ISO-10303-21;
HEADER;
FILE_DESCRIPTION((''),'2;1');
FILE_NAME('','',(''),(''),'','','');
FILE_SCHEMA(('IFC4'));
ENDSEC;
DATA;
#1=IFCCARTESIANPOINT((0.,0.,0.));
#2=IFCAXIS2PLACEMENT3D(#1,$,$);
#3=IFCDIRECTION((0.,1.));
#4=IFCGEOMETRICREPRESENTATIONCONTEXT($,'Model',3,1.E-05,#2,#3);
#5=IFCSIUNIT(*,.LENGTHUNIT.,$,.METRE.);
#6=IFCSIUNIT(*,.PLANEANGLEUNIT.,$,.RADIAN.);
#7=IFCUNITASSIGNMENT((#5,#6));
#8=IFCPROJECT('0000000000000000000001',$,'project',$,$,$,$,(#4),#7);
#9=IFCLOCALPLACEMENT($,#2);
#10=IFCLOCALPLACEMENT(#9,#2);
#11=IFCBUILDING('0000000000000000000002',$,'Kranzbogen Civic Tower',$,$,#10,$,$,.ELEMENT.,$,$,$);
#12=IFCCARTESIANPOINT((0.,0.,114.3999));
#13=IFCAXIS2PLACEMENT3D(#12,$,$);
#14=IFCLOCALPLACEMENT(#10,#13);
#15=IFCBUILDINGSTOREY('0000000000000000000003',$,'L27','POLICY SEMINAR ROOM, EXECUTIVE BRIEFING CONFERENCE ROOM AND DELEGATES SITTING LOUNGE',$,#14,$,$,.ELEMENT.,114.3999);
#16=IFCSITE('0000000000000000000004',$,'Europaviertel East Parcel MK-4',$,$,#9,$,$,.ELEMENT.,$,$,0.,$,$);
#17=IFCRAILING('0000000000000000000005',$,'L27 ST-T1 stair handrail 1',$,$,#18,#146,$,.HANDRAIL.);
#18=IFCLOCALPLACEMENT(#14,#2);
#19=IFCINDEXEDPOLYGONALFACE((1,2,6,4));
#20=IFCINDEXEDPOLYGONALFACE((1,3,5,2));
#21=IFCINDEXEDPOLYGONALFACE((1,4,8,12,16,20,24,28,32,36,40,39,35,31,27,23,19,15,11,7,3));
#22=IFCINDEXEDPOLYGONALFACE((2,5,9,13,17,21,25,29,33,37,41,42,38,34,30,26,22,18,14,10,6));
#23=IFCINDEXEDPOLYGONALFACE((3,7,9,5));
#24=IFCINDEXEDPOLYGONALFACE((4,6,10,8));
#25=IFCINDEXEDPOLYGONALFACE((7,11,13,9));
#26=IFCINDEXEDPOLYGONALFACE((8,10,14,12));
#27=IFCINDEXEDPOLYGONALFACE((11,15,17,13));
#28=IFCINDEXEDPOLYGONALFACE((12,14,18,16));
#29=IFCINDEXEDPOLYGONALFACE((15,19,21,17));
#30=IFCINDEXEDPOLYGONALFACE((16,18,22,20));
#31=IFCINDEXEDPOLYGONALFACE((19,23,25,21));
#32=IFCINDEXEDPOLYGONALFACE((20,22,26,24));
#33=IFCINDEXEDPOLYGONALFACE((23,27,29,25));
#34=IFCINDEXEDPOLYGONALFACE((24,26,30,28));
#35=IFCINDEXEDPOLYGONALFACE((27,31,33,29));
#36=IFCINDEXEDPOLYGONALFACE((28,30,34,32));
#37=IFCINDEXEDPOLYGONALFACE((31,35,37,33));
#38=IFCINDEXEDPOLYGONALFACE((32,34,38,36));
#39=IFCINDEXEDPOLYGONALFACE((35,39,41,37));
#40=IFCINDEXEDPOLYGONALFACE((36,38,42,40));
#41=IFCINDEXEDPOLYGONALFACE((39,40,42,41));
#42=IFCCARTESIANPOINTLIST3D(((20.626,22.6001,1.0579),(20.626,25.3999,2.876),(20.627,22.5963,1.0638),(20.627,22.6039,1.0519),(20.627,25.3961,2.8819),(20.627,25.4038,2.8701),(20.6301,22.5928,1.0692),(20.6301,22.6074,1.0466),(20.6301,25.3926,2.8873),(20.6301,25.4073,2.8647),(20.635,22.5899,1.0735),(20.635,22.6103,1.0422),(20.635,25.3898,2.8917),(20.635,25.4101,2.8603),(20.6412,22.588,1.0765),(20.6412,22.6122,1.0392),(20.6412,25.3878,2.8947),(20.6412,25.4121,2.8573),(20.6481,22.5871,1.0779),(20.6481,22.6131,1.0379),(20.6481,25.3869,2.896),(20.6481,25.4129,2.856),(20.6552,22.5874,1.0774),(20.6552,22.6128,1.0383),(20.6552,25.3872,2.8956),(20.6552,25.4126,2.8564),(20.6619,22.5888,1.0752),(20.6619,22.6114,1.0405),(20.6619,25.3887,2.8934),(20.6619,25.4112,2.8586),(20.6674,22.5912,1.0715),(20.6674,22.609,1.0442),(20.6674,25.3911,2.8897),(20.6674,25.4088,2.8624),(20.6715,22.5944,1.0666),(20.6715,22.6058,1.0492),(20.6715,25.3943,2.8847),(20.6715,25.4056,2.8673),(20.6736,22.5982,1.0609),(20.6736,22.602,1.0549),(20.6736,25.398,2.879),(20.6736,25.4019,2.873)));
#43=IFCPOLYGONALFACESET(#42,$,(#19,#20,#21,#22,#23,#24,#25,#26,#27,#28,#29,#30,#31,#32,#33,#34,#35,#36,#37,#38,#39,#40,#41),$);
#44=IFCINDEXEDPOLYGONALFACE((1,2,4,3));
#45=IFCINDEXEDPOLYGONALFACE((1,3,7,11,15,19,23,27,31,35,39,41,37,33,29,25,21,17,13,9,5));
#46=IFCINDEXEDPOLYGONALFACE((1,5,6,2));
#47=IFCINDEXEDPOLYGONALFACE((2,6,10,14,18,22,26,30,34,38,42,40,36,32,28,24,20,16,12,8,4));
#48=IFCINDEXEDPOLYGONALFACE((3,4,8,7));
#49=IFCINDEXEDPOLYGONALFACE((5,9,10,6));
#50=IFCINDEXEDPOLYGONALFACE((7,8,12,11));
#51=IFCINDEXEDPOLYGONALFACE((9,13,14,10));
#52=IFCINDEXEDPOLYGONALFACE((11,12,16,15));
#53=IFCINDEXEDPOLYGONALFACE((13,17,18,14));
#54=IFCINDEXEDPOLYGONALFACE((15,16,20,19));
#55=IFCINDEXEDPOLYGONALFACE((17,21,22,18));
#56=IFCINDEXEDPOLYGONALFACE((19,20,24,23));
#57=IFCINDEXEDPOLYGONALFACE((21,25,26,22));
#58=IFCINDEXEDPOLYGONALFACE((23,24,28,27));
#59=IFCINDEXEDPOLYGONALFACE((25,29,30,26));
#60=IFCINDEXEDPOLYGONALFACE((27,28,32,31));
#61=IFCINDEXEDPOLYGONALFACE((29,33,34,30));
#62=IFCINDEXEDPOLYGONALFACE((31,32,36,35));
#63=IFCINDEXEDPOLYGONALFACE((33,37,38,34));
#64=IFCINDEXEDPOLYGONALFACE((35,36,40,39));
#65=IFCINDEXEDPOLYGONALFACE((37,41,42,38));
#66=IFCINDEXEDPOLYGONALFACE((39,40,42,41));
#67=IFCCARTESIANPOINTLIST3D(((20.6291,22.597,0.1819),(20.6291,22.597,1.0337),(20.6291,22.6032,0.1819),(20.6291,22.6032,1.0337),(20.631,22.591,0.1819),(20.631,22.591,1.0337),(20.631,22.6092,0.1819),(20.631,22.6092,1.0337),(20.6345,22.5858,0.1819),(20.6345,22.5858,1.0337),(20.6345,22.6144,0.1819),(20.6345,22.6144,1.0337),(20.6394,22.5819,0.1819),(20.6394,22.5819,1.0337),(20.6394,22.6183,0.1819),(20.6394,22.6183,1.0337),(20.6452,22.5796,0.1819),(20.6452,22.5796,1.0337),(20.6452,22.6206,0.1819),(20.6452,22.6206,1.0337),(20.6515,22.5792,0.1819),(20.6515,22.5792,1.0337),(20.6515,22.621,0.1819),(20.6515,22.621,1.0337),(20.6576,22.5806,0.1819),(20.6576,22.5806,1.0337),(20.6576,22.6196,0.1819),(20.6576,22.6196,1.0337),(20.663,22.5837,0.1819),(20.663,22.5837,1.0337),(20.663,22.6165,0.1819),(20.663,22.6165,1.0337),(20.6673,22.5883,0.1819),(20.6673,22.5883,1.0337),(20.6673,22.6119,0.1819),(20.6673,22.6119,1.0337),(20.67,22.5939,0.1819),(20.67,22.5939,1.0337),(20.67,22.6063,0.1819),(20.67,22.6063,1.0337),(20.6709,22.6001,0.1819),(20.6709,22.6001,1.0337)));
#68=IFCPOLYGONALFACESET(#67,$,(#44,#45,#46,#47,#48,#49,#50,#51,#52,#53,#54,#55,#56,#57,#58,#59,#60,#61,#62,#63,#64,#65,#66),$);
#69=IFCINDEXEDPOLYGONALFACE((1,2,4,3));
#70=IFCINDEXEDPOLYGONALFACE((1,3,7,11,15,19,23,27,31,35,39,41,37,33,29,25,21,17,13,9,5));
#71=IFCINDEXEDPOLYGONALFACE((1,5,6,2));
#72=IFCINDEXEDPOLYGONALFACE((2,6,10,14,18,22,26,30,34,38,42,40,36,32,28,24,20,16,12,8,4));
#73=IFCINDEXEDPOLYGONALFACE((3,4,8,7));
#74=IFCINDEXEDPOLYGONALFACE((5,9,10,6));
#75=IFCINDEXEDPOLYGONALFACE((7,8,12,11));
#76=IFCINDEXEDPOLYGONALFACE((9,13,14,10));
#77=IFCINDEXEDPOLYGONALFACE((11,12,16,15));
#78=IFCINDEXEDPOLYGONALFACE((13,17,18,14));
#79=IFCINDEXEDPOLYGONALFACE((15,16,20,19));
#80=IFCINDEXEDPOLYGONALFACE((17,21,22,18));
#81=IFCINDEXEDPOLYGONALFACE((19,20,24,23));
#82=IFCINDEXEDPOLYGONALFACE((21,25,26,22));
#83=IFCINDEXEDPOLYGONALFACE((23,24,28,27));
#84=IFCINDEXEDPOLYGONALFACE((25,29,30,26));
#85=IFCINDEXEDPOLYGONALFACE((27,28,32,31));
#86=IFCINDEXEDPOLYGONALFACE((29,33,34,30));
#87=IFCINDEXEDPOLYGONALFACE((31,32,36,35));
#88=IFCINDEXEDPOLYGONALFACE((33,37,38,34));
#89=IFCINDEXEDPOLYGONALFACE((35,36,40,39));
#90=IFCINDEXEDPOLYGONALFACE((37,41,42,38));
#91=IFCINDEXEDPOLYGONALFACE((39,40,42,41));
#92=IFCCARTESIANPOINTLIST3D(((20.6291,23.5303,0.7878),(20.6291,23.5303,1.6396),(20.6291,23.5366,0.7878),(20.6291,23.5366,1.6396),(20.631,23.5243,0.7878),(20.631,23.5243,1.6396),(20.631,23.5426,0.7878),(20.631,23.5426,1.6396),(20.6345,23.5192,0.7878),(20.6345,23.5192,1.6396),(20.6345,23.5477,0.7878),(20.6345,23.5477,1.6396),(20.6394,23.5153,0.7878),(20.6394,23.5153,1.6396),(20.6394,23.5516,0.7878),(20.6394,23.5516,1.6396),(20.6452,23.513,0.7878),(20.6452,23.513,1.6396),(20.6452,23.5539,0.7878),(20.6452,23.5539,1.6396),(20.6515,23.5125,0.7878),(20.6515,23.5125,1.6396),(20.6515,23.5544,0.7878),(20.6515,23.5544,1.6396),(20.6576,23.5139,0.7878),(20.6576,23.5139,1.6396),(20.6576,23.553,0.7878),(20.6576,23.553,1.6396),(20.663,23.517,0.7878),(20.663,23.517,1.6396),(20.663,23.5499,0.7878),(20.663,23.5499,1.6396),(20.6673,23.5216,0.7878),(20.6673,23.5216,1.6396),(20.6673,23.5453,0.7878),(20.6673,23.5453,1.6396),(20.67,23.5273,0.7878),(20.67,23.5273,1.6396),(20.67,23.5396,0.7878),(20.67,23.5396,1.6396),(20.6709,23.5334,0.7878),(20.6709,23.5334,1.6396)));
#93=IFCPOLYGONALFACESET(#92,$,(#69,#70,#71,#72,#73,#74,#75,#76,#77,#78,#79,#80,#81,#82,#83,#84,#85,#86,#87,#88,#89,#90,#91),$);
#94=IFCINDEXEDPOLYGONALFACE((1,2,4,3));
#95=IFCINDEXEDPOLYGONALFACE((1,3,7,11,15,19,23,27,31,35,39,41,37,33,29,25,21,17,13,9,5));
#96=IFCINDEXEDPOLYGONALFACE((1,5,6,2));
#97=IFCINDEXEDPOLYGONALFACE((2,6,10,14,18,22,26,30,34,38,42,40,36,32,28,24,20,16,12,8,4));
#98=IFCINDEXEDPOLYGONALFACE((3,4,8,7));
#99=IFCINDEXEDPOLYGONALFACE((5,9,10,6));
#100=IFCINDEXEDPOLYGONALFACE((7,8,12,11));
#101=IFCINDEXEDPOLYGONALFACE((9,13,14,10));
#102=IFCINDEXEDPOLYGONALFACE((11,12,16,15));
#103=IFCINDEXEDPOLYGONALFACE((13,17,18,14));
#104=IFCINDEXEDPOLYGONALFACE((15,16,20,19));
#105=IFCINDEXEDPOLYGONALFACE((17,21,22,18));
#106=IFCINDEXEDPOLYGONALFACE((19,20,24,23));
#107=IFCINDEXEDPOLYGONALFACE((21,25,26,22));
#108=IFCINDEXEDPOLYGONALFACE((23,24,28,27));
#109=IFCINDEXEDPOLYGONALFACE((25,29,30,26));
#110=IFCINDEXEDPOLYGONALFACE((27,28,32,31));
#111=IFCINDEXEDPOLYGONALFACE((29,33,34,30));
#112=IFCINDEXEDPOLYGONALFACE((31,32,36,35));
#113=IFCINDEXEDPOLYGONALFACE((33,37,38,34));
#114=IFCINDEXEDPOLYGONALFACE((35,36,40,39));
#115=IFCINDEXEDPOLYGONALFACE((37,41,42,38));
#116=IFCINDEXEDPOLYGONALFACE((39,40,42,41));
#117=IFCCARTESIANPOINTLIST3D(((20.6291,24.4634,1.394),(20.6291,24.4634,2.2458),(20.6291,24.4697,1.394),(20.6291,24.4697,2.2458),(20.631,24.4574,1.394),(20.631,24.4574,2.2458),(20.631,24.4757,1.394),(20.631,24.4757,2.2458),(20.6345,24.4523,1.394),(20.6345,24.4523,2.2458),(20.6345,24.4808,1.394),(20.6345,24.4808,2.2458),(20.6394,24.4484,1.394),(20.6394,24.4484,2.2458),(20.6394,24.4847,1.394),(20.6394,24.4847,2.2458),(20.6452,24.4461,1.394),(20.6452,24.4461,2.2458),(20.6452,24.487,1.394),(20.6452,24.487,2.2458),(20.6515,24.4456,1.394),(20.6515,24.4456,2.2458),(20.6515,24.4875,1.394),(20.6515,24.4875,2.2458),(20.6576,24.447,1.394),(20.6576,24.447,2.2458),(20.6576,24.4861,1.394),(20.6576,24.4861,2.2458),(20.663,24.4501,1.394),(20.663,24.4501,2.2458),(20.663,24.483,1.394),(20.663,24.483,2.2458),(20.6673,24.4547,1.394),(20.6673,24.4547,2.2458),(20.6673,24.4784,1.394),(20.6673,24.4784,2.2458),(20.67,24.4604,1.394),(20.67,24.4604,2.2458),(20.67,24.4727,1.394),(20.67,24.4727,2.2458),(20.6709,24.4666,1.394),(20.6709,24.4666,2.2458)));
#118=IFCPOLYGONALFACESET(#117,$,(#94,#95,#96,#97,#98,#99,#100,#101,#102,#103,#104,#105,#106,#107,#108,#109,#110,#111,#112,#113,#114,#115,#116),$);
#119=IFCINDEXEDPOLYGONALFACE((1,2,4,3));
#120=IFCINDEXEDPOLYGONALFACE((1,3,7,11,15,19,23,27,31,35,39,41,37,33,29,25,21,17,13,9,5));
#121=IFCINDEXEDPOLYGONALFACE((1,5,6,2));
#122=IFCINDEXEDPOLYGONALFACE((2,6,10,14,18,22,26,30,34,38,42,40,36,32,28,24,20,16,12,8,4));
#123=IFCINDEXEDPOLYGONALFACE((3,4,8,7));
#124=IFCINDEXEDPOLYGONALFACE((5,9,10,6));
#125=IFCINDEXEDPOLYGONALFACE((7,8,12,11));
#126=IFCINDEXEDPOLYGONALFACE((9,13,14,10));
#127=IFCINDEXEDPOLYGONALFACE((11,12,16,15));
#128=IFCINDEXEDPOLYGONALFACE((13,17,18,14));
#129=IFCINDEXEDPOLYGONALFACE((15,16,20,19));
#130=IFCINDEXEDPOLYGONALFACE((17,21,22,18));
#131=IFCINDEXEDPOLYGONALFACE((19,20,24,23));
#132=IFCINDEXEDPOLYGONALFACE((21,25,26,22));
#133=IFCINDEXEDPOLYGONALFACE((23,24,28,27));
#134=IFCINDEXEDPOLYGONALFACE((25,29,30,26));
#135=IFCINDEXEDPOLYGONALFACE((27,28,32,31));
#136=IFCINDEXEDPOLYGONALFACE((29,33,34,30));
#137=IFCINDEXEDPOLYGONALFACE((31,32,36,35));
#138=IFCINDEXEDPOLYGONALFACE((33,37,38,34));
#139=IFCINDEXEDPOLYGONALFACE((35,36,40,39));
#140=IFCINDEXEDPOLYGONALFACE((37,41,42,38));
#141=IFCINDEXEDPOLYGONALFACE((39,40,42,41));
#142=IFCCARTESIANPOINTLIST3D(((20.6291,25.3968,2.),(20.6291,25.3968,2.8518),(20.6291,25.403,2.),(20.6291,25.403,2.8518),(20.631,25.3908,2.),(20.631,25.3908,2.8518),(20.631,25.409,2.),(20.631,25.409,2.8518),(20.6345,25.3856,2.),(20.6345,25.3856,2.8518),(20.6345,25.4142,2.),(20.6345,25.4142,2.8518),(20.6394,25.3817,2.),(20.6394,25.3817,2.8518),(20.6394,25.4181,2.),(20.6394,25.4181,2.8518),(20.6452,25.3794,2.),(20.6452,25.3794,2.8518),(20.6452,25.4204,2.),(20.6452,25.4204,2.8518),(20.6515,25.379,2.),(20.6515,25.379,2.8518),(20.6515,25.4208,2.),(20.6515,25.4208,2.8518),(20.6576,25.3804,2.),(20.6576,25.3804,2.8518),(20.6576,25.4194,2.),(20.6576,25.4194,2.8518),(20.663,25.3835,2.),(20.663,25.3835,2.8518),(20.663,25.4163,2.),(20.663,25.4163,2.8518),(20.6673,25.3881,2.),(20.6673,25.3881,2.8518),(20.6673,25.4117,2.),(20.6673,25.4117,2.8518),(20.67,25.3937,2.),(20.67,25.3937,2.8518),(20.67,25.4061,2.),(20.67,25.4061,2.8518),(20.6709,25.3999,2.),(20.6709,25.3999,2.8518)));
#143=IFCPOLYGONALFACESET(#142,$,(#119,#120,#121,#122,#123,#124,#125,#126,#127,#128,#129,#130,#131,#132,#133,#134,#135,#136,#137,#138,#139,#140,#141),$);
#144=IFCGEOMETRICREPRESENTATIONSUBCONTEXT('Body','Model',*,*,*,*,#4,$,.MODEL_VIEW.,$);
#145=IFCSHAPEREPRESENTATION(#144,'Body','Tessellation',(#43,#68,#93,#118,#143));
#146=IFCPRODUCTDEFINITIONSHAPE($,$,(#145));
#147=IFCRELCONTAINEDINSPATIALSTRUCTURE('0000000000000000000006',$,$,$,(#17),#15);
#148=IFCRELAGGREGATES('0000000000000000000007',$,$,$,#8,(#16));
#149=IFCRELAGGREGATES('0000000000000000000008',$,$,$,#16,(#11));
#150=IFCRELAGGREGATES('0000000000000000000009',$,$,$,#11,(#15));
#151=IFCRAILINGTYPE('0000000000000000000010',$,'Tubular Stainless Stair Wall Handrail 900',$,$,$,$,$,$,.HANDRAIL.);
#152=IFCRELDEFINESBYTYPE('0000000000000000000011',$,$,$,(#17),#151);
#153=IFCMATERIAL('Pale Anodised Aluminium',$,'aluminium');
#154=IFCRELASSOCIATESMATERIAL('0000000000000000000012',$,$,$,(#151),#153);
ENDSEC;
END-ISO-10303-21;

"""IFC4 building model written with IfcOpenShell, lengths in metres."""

from ifc_helpers import new_model, si_unit, direction, frame, origin, origin_2d, place, context, subcontext, project, spatial, circle, extrude, material, type_object, element, save


model = new_model("IFC4")

# Units and contexts
model_context = context("Model", 3, precision=1e-05, world=origin(), true_north=direction((0.0, 1.0)))
body_context = subcontext(model_context, "Body", "Model", "MODEL_VIEW")
ifc_project = project(units=[si_unit("LENGTHUNIT", "METRE"), si_unit("PLANEANGLEUNIT", "RADIAN")], contexts=[model_context])

# Site, building, storey
site_placement = place(None, origin())
site = spatial("IfcSite", under=ifc_project, at=site_placement, Name="Europaviertel East Parcel MK-4", CompositionType="ELEMENT", RefElevation=0.0)
building_placement = place(site_placement, origin())
building = spatial("IfcBuilding", under=site, at=building_placement, Name="Kranzbogen Civic Tower", CompositionType="ELEMENT")
storey_placement = place(building_placement, frame((0.0, 0.0, 114.3999)))
storey = spatial("IfcBuildingStorey", under=building, at=storey_placement, Name="L27", Description="POLICY SEMINAR ROOM, EXECUTIVE BRIEFING CONFERENCE ROOM AND DELEGATES SITTING LOUNGE", CompositionType="ELEMENT", Elevation=114.3999)

# Shared definitions
ifc_material_1 = material(Name="Pale Anodised Aluminium", Category="aluminium")

# Railing
railing_type_1 = type_object("IfcRailingType", Name="Tubular Stainless Stair Wall Handrail 900", PredefinedType="HANDRAIL", material=ifc_material_1)
railing_1_placement = place(storey_placement, frame((20.6499, 22.6001, 0.1819)))
element("IfcRailing", 1, at=railing_1_placement, inside=storey, type_object=railing_type_1, Name="L27 ST-T1 stair handrail 1", PredefinedType="HANDRAIL", context=body_context, shape_type="SweptSolid", body=[
    extrude(circle(Radius=0.0239, at=origin_2d()), frame((0.0, 0.0, 0.876), z_axis=(0.0, 0.838684, 0.544618), x_axis=(-1.0, 0.0, 0.0)), (0.0, 0.0, 1.0), 3.3384),
    extrude(circle(Radius=0.021, at=origin_2d()), origin(), (0.0, 0.0, 1.0), 0.8518),
    extrude(circle(Radius=0.021, at=origin_2d()), frame((0.0, 0.9333, 0.606)), (0.0, 0.0, 1.0), 0.8518),
    extrude(circle(Radius=0.021, at=origin_2d()), frame((0.0, 1.8665, 1.2122)), (0.0, 0.0, 1.0), 0.8518),
    extrude(circle(Radius=0.021, at=origin_2d()), frame((0.0, 2.7998, 1.8181)), (0.0, 0.0, 1.0), 0.8518),
])

save(model, "model.ifc")
